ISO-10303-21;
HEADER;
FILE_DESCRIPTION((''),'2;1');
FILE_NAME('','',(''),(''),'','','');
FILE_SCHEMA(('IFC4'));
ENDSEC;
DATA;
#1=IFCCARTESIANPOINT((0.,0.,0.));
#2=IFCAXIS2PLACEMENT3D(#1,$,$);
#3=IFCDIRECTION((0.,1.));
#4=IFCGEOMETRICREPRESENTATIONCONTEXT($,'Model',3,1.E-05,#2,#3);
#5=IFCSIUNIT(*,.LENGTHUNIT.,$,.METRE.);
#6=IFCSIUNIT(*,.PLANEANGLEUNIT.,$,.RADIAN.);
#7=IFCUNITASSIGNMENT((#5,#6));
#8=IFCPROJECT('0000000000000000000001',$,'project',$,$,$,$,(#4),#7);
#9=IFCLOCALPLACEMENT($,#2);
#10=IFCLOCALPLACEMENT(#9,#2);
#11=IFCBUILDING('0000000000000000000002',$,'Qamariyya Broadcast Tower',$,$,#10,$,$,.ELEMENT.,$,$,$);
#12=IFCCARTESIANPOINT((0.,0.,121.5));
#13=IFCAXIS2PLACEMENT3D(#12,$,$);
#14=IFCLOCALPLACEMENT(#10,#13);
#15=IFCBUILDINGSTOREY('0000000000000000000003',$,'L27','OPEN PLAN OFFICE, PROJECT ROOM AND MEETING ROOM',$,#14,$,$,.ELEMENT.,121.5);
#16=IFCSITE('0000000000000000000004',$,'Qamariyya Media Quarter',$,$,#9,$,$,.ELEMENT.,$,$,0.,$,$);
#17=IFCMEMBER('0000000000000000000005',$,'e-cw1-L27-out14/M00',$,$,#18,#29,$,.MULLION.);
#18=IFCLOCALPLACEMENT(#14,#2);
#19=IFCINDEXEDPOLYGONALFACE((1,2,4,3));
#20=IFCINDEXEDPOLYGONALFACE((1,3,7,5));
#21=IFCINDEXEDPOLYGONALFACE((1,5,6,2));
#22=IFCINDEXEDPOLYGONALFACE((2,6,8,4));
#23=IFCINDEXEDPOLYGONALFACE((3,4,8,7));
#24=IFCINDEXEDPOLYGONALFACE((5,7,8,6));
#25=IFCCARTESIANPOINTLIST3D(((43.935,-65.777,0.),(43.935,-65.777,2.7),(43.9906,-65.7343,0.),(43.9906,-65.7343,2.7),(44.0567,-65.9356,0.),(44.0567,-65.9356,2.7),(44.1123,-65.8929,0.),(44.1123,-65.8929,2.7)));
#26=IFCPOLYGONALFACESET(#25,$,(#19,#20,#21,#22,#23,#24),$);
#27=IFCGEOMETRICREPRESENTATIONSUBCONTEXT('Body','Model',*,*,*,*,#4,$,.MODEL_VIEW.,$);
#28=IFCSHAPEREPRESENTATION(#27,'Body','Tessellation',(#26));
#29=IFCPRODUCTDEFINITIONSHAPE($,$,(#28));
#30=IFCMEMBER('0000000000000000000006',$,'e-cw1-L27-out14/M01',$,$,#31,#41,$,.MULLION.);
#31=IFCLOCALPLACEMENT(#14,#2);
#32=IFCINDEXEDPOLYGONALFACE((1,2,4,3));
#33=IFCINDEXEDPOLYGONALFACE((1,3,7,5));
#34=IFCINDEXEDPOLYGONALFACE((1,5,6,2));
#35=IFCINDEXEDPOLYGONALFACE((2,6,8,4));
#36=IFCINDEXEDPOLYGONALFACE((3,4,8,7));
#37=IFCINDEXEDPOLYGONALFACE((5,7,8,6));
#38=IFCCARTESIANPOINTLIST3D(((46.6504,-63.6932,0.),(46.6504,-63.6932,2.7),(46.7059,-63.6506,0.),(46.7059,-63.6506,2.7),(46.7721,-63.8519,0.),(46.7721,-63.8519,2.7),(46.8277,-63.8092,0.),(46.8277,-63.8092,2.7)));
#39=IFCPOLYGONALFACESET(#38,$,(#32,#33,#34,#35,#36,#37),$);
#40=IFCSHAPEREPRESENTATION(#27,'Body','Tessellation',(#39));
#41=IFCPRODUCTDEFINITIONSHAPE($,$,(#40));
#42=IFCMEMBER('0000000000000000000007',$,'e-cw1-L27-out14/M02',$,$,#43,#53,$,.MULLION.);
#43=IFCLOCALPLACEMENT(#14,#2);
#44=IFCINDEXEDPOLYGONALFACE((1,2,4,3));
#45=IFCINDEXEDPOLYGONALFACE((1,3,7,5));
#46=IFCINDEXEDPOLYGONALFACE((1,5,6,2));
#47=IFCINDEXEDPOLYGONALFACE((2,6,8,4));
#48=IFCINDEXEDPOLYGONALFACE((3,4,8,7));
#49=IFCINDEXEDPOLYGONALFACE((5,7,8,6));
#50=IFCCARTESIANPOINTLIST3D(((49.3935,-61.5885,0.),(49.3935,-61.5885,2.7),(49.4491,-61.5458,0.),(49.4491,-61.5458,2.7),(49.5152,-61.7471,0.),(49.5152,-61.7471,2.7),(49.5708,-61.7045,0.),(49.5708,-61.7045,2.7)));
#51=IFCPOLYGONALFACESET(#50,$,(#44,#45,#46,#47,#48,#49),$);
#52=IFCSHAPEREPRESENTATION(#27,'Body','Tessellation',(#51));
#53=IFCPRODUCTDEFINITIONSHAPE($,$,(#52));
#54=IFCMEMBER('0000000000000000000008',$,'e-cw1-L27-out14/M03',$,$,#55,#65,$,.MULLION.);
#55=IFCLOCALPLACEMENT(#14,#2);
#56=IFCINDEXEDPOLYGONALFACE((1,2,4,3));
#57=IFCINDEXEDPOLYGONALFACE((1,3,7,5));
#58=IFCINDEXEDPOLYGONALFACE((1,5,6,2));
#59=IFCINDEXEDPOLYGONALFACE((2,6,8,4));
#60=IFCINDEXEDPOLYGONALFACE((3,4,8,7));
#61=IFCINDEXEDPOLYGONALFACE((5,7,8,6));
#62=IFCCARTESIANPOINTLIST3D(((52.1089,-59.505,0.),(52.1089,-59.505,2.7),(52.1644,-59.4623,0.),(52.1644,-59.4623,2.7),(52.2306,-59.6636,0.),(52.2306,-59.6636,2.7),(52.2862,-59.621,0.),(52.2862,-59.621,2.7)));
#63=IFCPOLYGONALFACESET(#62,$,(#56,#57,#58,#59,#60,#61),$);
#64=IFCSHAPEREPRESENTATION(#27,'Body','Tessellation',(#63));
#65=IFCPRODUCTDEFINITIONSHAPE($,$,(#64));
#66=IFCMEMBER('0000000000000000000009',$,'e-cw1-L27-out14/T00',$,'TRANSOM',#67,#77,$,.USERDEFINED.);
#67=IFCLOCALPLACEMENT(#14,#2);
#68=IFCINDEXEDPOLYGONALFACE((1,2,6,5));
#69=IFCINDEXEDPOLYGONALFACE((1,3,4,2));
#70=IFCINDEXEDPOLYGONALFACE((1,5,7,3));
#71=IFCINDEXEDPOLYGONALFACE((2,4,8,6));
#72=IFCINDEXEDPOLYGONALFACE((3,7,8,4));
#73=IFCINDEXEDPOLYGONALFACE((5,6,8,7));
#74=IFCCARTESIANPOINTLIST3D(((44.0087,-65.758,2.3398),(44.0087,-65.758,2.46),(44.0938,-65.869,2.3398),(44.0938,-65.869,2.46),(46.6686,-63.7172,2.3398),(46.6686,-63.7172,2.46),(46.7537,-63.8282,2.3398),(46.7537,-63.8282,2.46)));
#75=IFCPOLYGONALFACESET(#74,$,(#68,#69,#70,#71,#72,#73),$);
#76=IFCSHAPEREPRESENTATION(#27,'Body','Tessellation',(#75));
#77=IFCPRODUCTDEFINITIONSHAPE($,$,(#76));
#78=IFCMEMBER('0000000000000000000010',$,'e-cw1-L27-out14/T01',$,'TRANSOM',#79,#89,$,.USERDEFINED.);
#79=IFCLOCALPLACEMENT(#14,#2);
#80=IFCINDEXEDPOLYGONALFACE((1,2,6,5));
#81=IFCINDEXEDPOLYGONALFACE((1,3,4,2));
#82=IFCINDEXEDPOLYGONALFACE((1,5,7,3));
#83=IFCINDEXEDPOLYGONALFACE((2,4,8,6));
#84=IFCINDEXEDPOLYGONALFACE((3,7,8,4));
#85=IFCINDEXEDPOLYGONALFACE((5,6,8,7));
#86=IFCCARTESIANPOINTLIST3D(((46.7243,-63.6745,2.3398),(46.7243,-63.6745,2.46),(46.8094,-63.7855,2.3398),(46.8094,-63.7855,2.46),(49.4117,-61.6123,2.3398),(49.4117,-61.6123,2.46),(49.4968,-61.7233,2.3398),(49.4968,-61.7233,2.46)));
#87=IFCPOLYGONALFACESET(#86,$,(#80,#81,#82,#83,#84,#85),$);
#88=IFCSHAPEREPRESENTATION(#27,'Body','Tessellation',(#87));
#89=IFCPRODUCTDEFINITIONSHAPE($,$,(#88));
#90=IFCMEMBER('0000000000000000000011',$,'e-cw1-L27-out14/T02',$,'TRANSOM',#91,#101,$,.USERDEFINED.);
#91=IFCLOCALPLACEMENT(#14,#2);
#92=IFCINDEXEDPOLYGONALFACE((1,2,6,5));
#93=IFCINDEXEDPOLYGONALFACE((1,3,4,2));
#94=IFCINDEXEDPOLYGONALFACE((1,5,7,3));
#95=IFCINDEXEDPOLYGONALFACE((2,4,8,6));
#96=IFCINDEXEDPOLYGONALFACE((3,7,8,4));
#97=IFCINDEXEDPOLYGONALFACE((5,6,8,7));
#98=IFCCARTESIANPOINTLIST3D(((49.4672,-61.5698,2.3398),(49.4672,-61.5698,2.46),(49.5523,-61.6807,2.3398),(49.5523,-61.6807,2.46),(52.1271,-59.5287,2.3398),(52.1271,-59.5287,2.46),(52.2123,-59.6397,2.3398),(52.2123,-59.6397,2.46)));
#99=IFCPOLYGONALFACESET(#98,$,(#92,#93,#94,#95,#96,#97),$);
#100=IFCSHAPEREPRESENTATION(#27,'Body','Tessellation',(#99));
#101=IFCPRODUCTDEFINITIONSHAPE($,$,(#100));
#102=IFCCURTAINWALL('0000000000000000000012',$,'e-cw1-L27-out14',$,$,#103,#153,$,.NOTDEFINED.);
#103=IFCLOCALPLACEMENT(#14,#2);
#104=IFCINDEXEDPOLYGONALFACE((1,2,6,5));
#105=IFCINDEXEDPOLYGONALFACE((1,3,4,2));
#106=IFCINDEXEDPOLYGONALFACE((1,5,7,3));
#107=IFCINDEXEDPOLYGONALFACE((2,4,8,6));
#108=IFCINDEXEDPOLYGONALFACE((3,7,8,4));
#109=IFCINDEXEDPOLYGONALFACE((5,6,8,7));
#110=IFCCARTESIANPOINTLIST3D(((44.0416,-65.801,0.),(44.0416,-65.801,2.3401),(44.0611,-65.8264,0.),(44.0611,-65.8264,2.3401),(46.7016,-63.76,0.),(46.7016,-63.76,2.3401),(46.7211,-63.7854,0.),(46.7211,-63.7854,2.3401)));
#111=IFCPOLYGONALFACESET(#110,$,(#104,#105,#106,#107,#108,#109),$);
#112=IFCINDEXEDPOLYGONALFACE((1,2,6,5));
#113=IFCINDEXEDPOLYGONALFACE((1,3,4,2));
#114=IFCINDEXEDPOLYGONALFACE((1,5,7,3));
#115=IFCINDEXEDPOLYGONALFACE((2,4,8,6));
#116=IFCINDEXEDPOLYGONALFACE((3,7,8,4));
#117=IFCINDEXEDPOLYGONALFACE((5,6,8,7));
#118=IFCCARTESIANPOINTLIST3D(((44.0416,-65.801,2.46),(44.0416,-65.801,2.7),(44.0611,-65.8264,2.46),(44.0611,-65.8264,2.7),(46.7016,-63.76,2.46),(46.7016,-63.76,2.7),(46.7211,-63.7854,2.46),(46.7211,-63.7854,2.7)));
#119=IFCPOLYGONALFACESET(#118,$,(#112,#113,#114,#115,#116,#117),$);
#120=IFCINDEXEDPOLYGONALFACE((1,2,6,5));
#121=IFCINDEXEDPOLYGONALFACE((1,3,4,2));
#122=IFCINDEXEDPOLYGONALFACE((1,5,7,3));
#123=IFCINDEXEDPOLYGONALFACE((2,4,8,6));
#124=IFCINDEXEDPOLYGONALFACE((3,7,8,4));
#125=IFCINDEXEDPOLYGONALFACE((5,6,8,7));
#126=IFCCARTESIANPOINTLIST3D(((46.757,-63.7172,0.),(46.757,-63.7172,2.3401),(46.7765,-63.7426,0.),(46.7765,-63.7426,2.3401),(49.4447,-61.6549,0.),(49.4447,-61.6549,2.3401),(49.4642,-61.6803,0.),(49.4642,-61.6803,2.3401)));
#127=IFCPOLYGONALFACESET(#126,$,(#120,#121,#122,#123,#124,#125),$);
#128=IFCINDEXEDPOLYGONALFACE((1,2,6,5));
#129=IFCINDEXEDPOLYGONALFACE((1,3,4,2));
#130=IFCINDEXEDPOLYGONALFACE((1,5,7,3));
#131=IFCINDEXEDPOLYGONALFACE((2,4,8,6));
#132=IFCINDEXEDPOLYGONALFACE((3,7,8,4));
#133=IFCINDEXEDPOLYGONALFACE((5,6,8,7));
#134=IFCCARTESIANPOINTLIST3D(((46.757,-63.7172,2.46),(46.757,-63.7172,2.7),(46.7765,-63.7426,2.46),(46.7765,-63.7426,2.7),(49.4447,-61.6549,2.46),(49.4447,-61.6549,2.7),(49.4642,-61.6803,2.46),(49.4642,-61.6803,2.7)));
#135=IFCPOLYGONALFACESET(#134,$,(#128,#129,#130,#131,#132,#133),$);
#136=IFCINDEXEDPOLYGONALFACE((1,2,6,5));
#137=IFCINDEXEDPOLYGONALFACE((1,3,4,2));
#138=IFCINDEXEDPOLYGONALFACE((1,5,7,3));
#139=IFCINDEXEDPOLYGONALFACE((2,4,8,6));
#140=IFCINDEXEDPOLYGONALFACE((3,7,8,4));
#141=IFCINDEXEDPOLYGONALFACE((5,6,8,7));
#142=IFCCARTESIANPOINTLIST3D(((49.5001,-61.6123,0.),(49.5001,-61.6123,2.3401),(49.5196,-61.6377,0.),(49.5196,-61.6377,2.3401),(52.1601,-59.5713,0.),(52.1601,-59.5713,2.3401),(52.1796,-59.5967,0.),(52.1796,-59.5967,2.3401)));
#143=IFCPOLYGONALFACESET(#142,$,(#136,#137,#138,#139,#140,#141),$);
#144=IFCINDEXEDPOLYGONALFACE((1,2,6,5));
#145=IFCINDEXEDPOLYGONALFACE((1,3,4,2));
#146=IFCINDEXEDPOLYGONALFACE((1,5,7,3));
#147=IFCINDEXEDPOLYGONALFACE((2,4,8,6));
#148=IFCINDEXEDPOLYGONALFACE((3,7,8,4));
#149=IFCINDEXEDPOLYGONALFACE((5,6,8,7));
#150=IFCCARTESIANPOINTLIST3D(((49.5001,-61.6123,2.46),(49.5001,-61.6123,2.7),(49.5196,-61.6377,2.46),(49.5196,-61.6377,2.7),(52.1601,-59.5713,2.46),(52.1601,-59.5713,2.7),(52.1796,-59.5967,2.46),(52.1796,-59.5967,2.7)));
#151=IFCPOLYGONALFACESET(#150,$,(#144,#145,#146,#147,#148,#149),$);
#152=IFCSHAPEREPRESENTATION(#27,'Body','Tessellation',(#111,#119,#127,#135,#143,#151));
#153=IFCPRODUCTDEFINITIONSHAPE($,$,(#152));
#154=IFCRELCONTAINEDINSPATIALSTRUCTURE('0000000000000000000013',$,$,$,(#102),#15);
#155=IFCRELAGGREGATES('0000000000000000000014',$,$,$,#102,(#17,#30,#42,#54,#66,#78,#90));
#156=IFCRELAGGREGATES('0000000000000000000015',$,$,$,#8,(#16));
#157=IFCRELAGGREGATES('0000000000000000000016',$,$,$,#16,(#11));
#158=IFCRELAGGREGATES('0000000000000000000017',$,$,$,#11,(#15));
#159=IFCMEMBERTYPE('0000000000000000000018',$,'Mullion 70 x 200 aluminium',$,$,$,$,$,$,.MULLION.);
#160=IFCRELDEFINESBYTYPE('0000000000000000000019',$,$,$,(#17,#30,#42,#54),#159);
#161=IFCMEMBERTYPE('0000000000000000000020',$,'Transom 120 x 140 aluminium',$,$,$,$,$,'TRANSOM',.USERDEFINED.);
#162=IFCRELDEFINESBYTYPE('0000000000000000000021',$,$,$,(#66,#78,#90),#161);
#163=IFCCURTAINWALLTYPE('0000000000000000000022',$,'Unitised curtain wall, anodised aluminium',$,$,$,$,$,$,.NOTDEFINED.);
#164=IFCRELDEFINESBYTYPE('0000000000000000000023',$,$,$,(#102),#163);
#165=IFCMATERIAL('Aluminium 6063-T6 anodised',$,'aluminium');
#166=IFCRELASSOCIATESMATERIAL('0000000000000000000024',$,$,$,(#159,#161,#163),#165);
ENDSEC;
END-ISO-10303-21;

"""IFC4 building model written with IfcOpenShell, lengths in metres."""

from ifc_helpers import new_model, si_unit, direction, frame, origin, origin_2d, place, context, subcontext, project, spatial, rectangle, extrude, material, material_profile, profile_set, type_object, element, aggregate, save


model = new_model("IFC4")

# Units and contexts
model_context = context("Model", 3, precision=1e-05, world=origin(), true_north=direction((0.0, 1.0)))
body_context = subcontext(model_context, "Body", "Model", "MODEL_VIEW")
ifc_project = project(units=[si_unit("LENGTHUNIT", "METRE"), si_unit("PLANEANGLEUNIT", "RADIAN")], contexts=[model_context])

# Members
ifc_material_1 = material(Name="Aluminium 6063-T6 anodised", Category="aluminium")
ifc_material_profile_1 = material_profile(ifc_material_1, rectangle(XDim=0.2, YDim=0.0701, at=origin_2d()))
ifc_profile_set_1 = profile_set([ifc_material_profile_1], Name="Aluminium 6063-T6 anodised")
member_type_1 = type_object("IfcMemberType", Name="Mullion 70 x 200 aluminium", PredefinedType="MULLION", material=ifc_profile_set_1)
site_placement = place(None, origin())
building_placement = place(site_placement, origin())
storey_placement = place(building_placement, frame((0.0, 0.0, 121.5)))
member_1_placement = place(storey_placement, frame((44.0237, -65.835, 0.0), z_axis=(0.0, 0.0, 1.0), x_axis=(-0.608761, 0.793353, 0.0)))
member_1 = element("IfcMember", 1, at=member_1_placement, type_object=member_type_1, Name="e-cw1-L27-out14/M00", PredefinedType="MULLION", context=body_context, shape_type="SweptSolid", body=[
    extrude(rectangle(XDim=0.2, YDim=0.0701, at=origin_2d()), origin(), (0.0, 0.0, 1.0), 2.7),
])
member_2_placement = place(storey_placement, frame((46.739, -63.7512, 0.0), z_axis=(0.0, 0.0, 1.0), x_axis=(-0.608761, 0.793353, 0.0)))
member_2 = element("IfcMember", 2, at=member_2_placement, type_object=member_type_1, Name="e-cw1-L27-out14/M01", PredefinedType="MULLION", context=body_context, shape_type="SweptSolid", body=[
    extrude(rectangle(XDim=0.2, YDim=0.0701, at=origin_2d()), origin(), (0.0, 0.0, 1.0), 2.7),
])
member_3_placement = place(storey_placement, frame((49.4822, -61.6465, 0.0), z_axis=(0.0, 0.0, 1.0), x_axis=(-0.608761, 0.793353, 0.0)))
member_3 = element("IfcMember", 3, at=member_3_placement, type_object=member_type_1, Name="e-cw1-L27-out14/M02", PredefinedType="MULLION", context=body_context, shape_type="SweptSolid", body=[
    extrude(rectangle(XDim=0.2, YDim=0.0701, at=origin_2d()), origin(), (0.0, 0.0, 1.0), 2.7),
])
member_4_placement = place(storey_placement, frame((52.1975, -59.563, 0.0), z_axis=(0.0, 0.0, 1.0), x_axis=(-0.608761, 0.793353, 0.0)))
member_4 = element("IfcMember", 4, at=member_4_placement, type_object=member_type_1, Name="e-cw1-L27-out14/M03", PredefinedType="MULLION", context=body_context, shape_type="SweptSolid", body=[
    extrude(rectangle(XDim=0.2, YDim=0.0701, at=origin_2d()), origin(), (0.0, 0.0, 1.0), 2.7),
])
ifc_material_profile_2 = material_profile(ifc_material_1, rectangle(XDim=0.1399, YDim=0.1201, at=origin_2d()))
ifc_profile_set_2 = profile_set([ifc_material_profile_2], Name="Aluminium 6063-T6 anodised")
member_type_2 = type_object("IfcMemberType", Name="Transom 120 x 140 aluminium", ElementType="TRANSOM", PredefinedType="USERDEFINED", material=ifc_profile_set_2)
member_5_placement = place(storey_placement, frame((44.0513, -65.8135, 2.3999), z_axis=(0.793389, 0.608714, 0.0), x_axis=(-0.608714, 0.793389, 0.0)))
member_5 = element("IfcMember", 5, at=member_5_placement, type_object=member_type_2, Name="e-cw1-L27-out14/T00", ObjectType="TRANSOM", PredefinedType="USERDEFINED", context=body_context, shape_type="SweptSolid", body=[
    extrude(rectangle(XDim=0.1399, YDim=0.1201, at=origin_2d()), origin(), (0.0, 0.0, 1.0), 3.3525),
])
member_6_placement = place(storey_placement, frame((46.7668, -63.73, 2.3999), z_axis=(0.793344, 0.608773, 0.0), x_axis=(-0.608773, 0.793344, 0.0)))
member_6 = element("IfcMember", 6, at=member_6_placement, type_object=member_type_2, Name="e-cw1-L27-out14/T01", ObjectType="TRANSOM", PredefinedType="USERDEFINED", context=body_context, shape_type="SweptSolid", body=[
    extrude(rectangle(XDim=0.1399, YDim=0.1201, at=origin_2d()), origin(), (0.0, 0.0, 1.0), 3.3875),
])
member_7_placement = place(storey_placement, frame((49.5098, -61.6252, 2.3999), z_axis=(0.793354, 0.60876, 0.0), x_axis=(-0.60876, 0.793354, 0.0)))
member_7 = element("IfcMember", 7, at=member_7_placement, type_object=member_type_2, Name="e-cw1-L27-out14/T02", ObjectType="TRANSOM", PredefinedType="USERDEFINED", context=body_context, shape_type="SweptSolid", body=[
    extrude(rectangle(XDim=0.1399, YDim=0.1201, at=origin_2d()), origin(), (0.0, 0.0, 1.0), 3.3528),
])

# Site, building, storey
site = spatial("IfcSite", under=ifc_project, at=site_placement, Name="Qamariyya Media Quarter", CompositionType="ELEMENT", RefElevation=0.0)
building = spatial("IfcBuilding", under=site, at=building_placement, Name="Qamariyya Broadcast Tower", CompositionType="ELEMENT")
storey = spatial("IfcBuildingStorey", under=building, at=storey_placement, Name="L27", Description="OPEN PLAN OFFICE, PROJECT ROOM AND MEETING ROOM", CompositionType="ELEMENT", Elevation=121.5)

# Curtain wall
curtain_wall_type = type_object("IfcCurtainWallType", Name="Unitised curtain wall, anodised aluminium", PredefinedType="NOTDEFINED", material=ifc_material_1)
curtain_wall_1_placement = place(storey_placement, origin())
curtain_wall_1 = element("IfcCurtainWall", 8, at=curtain_wall_1_placement, inside=storey, type_object=curtain_wall_type, Name="e-cw1-L27-out14", PredefinedType="NOTDEFINED", context=body_context, shape_type="SweptSolid", body=[
    extrude(rectangle(XDim=3.3528, YDim=0.032, at=origin_2d()), frame((45.3813, -64.7932, 0.0), x_axis=(0.793354, 0.608761, 0.0)), (0.0, 0.0, 1.0), 2.3401),
    extrude(rectangle(XDim=3.3528, YDim=0.032, at=origin_2d()), frame((45.3813, -64.7932, 2.46), x_axis=(0.793354, 0.608761, 0.0)), (0.0, 0.0, 1.0), 0.24),
    extrude(rectangle(XDim=3.3877, YDim=0.032, at=origin_2d()), frame((48.1106, -62.6987, 0.0), x_axis=(0.793354, 0.608761, 0.0)), (0.0, 0.0, 1.0), 2.3401),
    extrude(rectangle(XDim=3.3877, YDim=0.032, at=origin_2d()), frame((48.1106, -62.6987, 2.46), x_axis=(0.793354, 0.608761, 0.0)), (0.0, 0.0, 1.0), 0.24),
    extrude(rectangle(XDim=3.3528, YDim=0.032, at=origin_2d()), frame((50.8398, -60.6045, 0.0), x_axis=(0.793354, 0.608761, 0.0)), (0.0, 0.0, 1.0), 2.3401),
    extrude(rectangle(XDim=3.3528, YDim=0.032, at=origin_2d()), frame((50.8398, -60.6045, 2.46), x_axis=(0.793354, 0.608761, 0.0)), (0.0, 0.0, 1.0), 0.24),
])
aggregate(curtain_wall_1, [member_1, member_2, member_3, member_4, member_5, member_6, member_7])

save(model, "model.ifc")
